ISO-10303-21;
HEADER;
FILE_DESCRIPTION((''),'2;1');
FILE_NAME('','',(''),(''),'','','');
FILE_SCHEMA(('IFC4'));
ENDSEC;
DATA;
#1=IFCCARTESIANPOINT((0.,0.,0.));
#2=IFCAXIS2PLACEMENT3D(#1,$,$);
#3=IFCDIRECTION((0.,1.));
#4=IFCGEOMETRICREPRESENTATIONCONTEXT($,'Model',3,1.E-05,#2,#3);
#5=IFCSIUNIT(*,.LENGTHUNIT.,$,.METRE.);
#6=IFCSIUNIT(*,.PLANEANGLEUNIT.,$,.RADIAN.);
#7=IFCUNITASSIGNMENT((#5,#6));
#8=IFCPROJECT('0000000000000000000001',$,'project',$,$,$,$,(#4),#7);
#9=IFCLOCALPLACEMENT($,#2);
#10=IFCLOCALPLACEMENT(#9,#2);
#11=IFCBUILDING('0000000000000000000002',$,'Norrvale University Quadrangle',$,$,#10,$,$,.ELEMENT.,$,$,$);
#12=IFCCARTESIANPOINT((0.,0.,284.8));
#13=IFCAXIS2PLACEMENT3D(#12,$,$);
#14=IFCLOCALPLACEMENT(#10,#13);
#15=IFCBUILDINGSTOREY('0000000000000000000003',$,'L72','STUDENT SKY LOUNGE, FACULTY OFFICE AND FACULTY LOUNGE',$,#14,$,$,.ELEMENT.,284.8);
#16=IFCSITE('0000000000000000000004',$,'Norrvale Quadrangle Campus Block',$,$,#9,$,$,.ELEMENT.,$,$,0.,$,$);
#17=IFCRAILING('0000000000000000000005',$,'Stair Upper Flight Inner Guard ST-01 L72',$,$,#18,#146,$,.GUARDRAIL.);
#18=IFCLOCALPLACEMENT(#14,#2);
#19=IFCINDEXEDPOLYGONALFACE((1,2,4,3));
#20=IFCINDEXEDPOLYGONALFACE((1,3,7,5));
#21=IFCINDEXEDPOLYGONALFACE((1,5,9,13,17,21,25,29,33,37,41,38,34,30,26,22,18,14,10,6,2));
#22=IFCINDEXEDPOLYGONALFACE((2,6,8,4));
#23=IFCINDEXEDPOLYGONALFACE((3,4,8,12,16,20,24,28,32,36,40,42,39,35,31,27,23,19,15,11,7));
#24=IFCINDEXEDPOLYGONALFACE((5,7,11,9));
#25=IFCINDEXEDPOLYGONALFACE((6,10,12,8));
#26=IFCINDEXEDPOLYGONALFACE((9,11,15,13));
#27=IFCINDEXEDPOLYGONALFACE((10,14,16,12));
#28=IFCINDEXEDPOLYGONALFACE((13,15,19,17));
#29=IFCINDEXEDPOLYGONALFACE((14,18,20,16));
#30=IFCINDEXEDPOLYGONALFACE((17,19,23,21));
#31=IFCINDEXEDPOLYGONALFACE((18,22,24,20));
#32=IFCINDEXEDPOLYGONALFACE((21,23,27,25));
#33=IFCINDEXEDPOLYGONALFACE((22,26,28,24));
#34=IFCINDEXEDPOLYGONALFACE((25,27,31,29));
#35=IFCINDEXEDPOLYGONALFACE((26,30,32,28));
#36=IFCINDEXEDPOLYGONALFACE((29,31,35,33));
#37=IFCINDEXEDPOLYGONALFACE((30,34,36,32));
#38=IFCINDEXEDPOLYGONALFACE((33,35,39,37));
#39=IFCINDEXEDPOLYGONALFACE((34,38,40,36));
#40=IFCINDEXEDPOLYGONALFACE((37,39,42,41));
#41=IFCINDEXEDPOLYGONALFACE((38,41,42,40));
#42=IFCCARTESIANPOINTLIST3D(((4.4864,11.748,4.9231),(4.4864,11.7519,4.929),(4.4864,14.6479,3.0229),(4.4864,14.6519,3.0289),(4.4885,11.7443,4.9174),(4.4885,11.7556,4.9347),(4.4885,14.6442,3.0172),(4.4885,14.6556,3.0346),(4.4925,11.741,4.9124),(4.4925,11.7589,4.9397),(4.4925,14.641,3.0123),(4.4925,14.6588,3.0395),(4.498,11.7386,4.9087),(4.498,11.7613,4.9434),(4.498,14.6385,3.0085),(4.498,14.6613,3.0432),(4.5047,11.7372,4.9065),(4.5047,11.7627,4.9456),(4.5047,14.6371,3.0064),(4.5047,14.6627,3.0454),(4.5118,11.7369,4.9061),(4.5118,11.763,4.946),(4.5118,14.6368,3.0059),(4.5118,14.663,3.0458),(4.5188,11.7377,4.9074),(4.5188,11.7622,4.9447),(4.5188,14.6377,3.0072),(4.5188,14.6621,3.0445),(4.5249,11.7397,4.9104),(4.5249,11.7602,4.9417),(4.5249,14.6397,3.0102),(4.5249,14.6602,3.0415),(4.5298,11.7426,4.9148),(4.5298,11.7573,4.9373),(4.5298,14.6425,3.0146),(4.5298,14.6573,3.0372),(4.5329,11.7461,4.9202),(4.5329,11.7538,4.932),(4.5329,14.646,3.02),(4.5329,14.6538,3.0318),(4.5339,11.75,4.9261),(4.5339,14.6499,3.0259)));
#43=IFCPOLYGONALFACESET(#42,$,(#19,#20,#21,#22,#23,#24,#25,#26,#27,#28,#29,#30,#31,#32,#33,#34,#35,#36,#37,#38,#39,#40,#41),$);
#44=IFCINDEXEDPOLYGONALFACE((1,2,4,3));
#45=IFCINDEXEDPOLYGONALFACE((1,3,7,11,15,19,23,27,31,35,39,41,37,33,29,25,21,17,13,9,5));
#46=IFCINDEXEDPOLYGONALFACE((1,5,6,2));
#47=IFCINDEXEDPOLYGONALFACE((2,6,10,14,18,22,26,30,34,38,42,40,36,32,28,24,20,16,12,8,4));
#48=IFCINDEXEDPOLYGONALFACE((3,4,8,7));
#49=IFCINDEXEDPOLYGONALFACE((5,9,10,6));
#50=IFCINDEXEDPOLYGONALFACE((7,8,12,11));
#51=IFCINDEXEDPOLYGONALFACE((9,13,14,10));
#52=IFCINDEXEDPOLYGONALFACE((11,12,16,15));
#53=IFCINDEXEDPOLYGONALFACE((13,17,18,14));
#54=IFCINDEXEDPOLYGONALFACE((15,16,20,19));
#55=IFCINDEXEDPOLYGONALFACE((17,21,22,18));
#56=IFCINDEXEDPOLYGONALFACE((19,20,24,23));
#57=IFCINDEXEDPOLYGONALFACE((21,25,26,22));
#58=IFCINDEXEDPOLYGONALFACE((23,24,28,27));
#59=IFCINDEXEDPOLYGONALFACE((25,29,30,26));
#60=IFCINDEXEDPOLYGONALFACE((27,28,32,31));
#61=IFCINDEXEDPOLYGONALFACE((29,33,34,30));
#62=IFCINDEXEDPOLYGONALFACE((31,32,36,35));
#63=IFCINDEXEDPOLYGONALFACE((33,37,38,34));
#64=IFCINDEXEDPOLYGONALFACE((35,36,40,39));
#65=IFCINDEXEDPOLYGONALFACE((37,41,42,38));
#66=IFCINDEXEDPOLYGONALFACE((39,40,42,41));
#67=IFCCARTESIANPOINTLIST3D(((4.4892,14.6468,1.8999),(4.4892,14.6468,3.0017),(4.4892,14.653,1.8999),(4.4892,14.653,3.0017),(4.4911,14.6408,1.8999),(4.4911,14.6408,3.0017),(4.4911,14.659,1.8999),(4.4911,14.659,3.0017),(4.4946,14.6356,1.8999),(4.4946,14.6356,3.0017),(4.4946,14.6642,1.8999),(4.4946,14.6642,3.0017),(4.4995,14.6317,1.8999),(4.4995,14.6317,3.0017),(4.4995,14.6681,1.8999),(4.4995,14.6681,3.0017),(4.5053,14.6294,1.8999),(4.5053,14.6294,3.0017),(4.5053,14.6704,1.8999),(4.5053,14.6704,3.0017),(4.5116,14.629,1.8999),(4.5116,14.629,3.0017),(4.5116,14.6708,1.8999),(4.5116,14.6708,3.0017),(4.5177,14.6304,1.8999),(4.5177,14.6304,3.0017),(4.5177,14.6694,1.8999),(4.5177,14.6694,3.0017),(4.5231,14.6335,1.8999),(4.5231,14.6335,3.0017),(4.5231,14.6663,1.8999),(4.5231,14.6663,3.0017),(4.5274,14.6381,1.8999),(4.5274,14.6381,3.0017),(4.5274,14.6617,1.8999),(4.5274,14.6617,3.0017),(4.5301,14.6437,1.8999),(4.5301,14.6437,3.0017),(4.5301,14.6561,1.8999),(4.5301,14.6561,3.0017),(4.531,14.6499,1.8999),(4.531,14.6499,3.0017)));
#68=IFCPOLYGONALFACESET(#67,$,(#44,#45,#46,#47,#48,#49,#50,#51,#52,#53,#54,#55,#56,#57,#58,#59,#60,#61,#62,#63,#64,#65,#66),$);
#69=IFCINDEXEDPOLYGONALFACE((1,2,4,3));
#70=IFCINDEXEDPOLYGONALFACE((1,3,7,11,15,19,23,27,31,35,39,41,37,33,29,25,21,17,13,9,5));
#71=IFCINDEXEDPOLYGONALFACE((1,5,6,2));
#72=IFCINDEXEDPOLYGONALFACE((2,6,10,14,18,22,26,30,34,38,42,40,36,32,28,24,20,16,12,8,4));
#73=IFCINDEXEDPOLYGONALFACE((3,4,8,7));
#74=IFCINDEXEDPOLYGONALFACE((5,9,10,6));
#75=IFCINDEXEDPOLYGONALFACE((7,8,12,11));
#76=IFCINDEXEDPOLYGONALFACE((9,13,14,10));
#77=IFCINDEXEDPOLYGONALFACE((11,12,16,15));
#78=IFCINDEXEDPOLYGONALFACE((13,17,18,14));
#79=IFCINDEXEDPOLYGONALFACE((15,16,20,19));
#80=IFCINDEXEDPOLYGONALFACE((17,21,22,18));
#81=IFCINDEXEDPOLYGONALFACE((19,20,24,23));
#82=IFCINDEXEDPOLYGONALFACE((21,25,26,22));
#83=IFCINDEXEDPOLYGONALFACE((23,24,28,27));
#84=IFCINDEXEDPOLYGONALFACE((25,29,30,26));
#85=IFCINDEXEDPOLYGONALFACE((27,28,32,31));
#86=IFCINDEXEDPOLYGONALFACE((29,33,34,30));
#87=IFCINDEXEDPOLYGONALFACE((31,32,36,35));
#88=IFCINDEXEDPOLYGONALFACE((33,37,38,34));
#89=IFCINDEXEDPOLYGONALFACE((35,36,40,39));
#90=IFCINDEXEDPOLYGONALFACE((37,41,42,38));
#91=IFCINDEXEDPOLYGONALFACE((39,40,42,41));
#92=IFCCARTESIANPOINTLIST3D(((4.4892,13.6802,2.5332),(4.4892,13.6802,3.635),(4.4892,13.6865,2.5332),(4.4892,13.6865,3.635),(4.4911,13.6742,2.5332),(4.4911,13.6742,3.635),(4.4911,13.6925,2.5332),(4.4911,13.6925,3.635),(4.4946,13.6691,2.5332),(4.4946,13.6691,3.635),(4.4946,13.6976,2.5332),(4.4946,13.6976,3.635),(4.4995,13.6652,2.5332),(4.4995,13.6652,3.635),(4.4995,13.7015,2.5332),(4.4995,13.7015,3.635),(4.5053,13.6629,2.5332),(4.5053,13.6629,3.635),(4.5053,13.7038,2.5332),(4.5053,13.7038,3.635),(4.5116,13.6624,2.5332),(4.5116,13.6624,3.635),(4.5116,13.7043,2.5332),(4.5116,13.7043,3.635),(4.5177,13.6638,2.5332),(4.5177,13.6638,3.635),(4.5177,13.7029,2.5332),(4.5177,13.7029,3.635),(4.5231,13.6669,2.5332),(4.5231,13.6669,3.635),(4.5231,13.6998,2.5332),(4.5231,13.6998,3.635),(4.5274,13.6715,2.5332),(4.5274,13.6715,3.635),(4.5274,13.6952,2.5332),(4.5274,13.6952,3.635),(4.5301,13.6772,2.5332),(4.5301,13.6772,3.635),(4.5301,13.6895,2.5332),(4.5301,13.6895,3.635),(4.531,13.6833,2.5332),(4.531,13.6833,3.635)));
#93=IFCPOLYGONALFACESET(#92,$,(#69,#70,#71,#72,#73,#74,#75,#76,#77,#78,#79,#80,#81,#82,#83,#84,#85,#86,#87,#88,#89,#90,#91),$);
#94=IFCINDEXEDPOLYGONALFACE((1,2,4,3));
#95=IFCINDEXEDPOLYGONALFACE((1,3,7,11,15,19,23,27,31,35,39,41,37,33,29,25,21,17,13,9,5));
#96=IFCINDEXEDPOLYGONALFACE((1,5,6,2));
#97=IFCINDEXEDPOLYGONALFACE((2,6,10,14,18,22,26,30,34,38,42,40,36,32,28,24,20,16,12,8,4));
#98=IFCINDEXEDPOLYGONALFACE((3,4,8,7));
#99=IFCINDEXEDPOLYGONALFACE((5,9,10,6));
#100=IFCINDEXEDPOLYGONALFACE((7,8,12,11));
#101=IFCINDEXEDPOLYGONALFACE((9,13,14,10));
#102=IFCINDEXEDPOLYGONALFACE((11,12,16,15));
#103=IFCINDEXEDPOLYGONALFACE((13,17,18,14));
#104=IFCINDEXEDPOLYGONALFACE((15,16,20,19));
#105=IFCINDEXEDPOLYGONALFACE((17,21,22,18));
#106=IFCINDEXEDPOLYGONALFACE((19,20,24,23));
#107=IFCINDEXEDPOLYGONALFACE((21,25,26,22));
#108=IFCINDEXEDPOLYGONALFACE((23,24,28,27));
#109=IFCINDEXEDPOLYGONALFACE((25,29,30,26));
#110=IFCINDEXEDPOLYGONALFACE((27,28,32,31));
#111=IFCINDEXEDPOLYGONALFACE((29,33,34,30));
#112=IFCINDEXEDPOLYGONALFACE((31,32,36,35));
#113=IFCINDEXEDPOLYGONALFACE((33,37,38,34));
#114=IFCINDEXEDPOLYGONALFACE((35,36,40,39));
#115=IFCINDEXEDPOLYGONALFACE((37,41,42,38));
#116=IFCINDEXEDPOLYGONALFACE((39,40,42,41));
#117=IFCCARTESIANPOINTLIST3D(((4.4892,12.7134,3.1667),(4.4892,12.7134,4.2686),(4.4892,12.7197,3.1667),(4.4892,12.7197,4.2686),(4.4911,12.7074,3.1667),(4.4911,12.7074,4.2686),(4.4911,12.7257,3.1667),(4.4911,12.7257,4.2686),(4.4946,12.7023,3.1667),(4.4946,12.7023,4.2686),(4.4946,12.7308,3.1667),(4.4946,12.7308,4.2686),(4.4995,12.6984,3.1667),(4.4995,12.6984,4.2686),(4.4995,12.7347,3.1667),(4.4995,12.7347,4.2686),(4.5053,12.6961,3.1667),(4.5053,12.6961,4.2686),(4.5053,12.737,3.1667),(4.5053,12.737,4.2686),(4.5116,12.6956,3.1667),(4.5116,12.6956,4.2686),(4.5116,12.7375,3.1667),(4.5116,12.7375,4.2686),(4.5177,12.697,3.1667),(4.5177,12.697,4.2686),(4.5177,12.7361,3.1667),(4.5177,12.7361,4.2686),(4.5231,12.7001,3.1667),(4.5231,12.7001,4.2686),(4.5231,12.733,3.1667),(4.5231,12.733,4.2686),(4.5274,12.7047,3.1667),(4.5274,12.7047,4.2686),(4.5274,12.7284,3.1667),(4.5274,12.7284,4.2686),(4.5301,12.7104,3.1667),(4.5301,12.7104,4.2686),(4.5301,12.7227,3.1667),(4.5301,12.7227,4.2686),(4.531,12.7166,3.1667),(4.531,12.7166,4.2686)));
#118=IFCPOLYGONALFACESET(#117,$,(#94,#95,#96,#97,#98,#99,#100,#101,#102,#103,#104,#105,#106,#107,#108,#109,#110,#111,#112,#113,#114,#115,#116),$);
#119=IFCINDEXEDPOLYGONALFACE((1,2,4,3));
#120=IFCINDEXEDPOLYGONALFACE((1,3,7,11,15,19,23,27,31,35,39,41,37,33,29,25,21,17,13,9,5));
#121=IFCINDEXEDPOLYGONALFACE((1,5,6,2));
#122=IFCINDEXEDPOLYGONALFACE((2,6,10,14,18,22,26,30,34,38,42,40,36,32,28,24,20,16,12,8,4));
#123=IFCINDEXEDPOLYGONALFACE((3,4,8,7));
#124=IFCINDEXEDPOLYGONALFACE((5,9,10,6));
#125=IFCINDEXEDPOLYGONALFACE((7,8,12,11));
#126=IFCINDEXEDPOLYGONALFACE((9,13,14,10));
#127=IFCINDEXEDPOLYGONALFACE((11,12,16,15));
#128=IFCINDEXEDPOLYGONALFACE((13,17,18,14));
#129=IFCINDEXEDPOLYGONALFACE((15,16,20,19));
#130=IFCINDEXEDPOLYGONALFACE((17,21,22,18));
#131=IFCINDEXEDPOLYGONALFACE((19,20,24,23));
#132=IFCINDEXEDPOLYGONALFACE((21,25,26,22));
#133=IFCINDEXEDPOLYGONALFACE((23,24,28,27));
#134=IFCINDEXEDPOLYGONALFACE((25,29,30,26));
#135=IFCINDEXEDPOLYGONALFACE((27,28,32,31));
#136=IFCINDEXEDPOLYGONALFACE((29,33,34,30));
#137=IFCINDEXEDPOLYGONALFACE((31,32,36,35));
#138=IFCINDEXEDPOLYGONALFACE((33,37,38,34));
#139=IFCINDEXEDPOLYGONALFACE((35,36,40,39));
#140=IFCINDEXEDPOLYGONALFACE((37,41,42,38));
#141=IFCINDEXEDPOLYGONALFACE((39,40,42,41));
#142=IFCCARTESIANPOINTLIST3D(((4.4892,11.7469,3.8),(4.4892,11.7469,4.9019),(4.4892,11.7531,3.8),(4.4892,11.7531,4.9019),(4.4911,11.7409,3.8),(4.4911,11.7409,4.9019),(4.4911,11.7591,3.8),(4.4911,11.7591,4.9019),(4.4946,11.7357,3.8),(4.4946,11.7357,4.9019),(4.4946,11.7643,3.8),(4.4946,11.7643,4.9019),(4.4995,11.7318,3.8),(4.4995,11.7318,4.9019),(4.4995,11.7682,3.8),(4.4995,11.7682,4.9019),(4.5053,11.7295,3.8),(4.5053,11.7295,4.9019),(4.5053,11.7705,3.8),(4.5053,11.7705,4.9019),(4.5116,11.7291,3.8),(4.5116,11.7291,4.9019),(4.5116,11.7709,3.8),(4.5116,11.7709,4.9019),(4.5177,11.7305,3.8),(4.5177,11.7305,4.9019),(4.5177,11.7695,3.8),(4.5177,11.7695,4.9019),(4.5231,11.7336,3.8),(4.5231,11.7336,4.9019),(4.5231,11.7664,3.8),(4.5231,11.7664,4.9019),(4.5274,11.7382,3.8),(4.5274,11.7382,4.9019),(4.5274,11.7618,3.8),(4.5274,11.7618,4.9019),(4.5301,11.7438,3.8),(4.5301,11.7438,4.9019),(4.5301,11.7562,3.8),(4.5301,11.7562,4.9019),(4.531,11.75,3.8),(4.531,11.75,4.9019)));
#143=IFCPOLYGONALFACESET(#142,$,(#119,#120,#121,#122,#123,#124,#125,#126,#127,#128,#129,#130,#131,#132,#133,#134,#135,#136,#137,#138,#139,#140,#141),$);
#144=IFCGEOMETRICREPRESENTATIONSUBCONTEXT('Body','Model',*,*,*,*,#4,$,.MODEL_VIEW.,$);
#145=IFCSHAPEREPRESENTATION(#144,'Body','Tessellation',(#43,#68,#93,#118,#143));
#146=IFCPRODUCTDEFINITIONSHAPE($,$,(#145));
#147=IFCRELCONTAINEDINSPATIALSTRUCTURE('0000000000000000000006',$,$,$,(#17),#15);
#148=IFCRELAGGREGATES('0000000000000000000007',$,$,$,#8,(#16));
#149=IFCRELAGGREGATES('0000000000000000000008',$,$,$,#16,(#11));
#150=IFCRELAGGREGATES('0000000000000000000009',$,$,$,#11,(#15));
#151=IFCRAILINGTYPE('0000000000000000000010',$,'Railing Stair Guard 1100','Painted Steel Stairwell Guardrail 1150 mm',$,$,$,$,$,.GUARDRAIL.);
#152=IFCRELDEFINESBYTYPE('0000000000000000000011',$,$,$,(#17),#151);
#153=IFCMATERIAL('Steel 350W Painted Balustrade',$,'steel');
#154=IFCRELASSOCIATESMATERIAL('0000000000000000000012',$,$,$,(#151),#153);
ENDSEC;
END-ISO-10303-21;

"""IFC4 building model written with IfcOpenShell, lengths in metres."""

from ifc_helpers import new_model, si_unit, direction, frame, origin, origin_2d, place, context, subcontext, project, spatial, circle, extrude, material, type_object, element, save


model = new_model("IFC4")

# Units and contexts
model_context = context("Model", 3, precision=1e-05, world=origin(), true_north=direction((0.0, 1.0)))
body_context = subcontext(model_context, "Body", "Model", "MODEL_VIEW")
ifc_project = project(units=[si_unit("LENGTHUNIT", "METRE"), si_unit("PLANEANGLEUNIT", "RADIAN")], contexts=[model_context])

# Site, building, storey
site_placement = place(None, origin())
site = spatial("IfcSite", under=ifc_project, at=site_placement, Name="Norrvale Quadrangle Campus Block", CompositionType="ELEMENT", RefElevation=0.0)
building_placement = place(site_placement, origin())
building = spatial("IfcBuilding", under=site, at=building_placement, Name="Norrvale University Quadrangle", CompositionType="ELEMENT")
storey_placement = place(building_placement, frame((0.0, 0.0, 284.8)))
storey = spatial("IfcBuildingStorey", under=building, at=storey_placement, Name="L72", Description="STUDENT SKY LOUNGE, FACULTY OFFICE AND FACULTY LOUNGE", CompositionType="ELEMENT", Elevation=284.8)

# Railing
ifc_material_1 = material(Name="Steel 350W Painted Balustrade", Category="steel")
railing_type_1 = type_object("IfcRailingType", Name="Railing Stair Guard 1100", Description="Painted Steel Stairwell Guardrail 1150 mm", PredefinedType="GUARDRAIL", material=ifc_material_1)
railing_1_placement = place(storey_placement, frame((4.51, 14.6499, 1.8999)))
element("IfcRailing", 1, at=railing_1_placement, inside=storey, type_object=railing_type_1, Name="Stair Upper Flight Inner Guard ST-01 L72", PredefinedType="GUARDRAIL", context=body_context, shape_type="SweptSolid", body=[
    extrude(circle(Radius=0.0239, at=origin_2d()), frame((0.0, 0.0, 1.126), z_axis=(0.0, -0.836433, 0.548069), x_axis=(1.0, 0.0, 0.0)), (0.0, 0.0, 1.0), 3.467),
    extrude(circle(Radius=0.021, at=origin_2d()), origin(), (0.0, 0.0, 1.0), 1.1018),
    extrude(circle(Radius=0.021, at=origin_2d()), frame((0.0, -0.9666, 0.6333)), (0.0, 0.0, 1.0), 1.1018),
    extrude(circle(Radius=0.021, at=origin_2d()), frame((0.0, -1.9333, 1.2668)), (0.0, 0.0, 1.0), 1.1018),
    extrude(circle(Radius=0.021, at=origin_2d()), frame((0.0, -2.8999, 1.9001)), (0.0, 0.0, 1.0), 1.1018),
])

save(model, "model.ifc")
